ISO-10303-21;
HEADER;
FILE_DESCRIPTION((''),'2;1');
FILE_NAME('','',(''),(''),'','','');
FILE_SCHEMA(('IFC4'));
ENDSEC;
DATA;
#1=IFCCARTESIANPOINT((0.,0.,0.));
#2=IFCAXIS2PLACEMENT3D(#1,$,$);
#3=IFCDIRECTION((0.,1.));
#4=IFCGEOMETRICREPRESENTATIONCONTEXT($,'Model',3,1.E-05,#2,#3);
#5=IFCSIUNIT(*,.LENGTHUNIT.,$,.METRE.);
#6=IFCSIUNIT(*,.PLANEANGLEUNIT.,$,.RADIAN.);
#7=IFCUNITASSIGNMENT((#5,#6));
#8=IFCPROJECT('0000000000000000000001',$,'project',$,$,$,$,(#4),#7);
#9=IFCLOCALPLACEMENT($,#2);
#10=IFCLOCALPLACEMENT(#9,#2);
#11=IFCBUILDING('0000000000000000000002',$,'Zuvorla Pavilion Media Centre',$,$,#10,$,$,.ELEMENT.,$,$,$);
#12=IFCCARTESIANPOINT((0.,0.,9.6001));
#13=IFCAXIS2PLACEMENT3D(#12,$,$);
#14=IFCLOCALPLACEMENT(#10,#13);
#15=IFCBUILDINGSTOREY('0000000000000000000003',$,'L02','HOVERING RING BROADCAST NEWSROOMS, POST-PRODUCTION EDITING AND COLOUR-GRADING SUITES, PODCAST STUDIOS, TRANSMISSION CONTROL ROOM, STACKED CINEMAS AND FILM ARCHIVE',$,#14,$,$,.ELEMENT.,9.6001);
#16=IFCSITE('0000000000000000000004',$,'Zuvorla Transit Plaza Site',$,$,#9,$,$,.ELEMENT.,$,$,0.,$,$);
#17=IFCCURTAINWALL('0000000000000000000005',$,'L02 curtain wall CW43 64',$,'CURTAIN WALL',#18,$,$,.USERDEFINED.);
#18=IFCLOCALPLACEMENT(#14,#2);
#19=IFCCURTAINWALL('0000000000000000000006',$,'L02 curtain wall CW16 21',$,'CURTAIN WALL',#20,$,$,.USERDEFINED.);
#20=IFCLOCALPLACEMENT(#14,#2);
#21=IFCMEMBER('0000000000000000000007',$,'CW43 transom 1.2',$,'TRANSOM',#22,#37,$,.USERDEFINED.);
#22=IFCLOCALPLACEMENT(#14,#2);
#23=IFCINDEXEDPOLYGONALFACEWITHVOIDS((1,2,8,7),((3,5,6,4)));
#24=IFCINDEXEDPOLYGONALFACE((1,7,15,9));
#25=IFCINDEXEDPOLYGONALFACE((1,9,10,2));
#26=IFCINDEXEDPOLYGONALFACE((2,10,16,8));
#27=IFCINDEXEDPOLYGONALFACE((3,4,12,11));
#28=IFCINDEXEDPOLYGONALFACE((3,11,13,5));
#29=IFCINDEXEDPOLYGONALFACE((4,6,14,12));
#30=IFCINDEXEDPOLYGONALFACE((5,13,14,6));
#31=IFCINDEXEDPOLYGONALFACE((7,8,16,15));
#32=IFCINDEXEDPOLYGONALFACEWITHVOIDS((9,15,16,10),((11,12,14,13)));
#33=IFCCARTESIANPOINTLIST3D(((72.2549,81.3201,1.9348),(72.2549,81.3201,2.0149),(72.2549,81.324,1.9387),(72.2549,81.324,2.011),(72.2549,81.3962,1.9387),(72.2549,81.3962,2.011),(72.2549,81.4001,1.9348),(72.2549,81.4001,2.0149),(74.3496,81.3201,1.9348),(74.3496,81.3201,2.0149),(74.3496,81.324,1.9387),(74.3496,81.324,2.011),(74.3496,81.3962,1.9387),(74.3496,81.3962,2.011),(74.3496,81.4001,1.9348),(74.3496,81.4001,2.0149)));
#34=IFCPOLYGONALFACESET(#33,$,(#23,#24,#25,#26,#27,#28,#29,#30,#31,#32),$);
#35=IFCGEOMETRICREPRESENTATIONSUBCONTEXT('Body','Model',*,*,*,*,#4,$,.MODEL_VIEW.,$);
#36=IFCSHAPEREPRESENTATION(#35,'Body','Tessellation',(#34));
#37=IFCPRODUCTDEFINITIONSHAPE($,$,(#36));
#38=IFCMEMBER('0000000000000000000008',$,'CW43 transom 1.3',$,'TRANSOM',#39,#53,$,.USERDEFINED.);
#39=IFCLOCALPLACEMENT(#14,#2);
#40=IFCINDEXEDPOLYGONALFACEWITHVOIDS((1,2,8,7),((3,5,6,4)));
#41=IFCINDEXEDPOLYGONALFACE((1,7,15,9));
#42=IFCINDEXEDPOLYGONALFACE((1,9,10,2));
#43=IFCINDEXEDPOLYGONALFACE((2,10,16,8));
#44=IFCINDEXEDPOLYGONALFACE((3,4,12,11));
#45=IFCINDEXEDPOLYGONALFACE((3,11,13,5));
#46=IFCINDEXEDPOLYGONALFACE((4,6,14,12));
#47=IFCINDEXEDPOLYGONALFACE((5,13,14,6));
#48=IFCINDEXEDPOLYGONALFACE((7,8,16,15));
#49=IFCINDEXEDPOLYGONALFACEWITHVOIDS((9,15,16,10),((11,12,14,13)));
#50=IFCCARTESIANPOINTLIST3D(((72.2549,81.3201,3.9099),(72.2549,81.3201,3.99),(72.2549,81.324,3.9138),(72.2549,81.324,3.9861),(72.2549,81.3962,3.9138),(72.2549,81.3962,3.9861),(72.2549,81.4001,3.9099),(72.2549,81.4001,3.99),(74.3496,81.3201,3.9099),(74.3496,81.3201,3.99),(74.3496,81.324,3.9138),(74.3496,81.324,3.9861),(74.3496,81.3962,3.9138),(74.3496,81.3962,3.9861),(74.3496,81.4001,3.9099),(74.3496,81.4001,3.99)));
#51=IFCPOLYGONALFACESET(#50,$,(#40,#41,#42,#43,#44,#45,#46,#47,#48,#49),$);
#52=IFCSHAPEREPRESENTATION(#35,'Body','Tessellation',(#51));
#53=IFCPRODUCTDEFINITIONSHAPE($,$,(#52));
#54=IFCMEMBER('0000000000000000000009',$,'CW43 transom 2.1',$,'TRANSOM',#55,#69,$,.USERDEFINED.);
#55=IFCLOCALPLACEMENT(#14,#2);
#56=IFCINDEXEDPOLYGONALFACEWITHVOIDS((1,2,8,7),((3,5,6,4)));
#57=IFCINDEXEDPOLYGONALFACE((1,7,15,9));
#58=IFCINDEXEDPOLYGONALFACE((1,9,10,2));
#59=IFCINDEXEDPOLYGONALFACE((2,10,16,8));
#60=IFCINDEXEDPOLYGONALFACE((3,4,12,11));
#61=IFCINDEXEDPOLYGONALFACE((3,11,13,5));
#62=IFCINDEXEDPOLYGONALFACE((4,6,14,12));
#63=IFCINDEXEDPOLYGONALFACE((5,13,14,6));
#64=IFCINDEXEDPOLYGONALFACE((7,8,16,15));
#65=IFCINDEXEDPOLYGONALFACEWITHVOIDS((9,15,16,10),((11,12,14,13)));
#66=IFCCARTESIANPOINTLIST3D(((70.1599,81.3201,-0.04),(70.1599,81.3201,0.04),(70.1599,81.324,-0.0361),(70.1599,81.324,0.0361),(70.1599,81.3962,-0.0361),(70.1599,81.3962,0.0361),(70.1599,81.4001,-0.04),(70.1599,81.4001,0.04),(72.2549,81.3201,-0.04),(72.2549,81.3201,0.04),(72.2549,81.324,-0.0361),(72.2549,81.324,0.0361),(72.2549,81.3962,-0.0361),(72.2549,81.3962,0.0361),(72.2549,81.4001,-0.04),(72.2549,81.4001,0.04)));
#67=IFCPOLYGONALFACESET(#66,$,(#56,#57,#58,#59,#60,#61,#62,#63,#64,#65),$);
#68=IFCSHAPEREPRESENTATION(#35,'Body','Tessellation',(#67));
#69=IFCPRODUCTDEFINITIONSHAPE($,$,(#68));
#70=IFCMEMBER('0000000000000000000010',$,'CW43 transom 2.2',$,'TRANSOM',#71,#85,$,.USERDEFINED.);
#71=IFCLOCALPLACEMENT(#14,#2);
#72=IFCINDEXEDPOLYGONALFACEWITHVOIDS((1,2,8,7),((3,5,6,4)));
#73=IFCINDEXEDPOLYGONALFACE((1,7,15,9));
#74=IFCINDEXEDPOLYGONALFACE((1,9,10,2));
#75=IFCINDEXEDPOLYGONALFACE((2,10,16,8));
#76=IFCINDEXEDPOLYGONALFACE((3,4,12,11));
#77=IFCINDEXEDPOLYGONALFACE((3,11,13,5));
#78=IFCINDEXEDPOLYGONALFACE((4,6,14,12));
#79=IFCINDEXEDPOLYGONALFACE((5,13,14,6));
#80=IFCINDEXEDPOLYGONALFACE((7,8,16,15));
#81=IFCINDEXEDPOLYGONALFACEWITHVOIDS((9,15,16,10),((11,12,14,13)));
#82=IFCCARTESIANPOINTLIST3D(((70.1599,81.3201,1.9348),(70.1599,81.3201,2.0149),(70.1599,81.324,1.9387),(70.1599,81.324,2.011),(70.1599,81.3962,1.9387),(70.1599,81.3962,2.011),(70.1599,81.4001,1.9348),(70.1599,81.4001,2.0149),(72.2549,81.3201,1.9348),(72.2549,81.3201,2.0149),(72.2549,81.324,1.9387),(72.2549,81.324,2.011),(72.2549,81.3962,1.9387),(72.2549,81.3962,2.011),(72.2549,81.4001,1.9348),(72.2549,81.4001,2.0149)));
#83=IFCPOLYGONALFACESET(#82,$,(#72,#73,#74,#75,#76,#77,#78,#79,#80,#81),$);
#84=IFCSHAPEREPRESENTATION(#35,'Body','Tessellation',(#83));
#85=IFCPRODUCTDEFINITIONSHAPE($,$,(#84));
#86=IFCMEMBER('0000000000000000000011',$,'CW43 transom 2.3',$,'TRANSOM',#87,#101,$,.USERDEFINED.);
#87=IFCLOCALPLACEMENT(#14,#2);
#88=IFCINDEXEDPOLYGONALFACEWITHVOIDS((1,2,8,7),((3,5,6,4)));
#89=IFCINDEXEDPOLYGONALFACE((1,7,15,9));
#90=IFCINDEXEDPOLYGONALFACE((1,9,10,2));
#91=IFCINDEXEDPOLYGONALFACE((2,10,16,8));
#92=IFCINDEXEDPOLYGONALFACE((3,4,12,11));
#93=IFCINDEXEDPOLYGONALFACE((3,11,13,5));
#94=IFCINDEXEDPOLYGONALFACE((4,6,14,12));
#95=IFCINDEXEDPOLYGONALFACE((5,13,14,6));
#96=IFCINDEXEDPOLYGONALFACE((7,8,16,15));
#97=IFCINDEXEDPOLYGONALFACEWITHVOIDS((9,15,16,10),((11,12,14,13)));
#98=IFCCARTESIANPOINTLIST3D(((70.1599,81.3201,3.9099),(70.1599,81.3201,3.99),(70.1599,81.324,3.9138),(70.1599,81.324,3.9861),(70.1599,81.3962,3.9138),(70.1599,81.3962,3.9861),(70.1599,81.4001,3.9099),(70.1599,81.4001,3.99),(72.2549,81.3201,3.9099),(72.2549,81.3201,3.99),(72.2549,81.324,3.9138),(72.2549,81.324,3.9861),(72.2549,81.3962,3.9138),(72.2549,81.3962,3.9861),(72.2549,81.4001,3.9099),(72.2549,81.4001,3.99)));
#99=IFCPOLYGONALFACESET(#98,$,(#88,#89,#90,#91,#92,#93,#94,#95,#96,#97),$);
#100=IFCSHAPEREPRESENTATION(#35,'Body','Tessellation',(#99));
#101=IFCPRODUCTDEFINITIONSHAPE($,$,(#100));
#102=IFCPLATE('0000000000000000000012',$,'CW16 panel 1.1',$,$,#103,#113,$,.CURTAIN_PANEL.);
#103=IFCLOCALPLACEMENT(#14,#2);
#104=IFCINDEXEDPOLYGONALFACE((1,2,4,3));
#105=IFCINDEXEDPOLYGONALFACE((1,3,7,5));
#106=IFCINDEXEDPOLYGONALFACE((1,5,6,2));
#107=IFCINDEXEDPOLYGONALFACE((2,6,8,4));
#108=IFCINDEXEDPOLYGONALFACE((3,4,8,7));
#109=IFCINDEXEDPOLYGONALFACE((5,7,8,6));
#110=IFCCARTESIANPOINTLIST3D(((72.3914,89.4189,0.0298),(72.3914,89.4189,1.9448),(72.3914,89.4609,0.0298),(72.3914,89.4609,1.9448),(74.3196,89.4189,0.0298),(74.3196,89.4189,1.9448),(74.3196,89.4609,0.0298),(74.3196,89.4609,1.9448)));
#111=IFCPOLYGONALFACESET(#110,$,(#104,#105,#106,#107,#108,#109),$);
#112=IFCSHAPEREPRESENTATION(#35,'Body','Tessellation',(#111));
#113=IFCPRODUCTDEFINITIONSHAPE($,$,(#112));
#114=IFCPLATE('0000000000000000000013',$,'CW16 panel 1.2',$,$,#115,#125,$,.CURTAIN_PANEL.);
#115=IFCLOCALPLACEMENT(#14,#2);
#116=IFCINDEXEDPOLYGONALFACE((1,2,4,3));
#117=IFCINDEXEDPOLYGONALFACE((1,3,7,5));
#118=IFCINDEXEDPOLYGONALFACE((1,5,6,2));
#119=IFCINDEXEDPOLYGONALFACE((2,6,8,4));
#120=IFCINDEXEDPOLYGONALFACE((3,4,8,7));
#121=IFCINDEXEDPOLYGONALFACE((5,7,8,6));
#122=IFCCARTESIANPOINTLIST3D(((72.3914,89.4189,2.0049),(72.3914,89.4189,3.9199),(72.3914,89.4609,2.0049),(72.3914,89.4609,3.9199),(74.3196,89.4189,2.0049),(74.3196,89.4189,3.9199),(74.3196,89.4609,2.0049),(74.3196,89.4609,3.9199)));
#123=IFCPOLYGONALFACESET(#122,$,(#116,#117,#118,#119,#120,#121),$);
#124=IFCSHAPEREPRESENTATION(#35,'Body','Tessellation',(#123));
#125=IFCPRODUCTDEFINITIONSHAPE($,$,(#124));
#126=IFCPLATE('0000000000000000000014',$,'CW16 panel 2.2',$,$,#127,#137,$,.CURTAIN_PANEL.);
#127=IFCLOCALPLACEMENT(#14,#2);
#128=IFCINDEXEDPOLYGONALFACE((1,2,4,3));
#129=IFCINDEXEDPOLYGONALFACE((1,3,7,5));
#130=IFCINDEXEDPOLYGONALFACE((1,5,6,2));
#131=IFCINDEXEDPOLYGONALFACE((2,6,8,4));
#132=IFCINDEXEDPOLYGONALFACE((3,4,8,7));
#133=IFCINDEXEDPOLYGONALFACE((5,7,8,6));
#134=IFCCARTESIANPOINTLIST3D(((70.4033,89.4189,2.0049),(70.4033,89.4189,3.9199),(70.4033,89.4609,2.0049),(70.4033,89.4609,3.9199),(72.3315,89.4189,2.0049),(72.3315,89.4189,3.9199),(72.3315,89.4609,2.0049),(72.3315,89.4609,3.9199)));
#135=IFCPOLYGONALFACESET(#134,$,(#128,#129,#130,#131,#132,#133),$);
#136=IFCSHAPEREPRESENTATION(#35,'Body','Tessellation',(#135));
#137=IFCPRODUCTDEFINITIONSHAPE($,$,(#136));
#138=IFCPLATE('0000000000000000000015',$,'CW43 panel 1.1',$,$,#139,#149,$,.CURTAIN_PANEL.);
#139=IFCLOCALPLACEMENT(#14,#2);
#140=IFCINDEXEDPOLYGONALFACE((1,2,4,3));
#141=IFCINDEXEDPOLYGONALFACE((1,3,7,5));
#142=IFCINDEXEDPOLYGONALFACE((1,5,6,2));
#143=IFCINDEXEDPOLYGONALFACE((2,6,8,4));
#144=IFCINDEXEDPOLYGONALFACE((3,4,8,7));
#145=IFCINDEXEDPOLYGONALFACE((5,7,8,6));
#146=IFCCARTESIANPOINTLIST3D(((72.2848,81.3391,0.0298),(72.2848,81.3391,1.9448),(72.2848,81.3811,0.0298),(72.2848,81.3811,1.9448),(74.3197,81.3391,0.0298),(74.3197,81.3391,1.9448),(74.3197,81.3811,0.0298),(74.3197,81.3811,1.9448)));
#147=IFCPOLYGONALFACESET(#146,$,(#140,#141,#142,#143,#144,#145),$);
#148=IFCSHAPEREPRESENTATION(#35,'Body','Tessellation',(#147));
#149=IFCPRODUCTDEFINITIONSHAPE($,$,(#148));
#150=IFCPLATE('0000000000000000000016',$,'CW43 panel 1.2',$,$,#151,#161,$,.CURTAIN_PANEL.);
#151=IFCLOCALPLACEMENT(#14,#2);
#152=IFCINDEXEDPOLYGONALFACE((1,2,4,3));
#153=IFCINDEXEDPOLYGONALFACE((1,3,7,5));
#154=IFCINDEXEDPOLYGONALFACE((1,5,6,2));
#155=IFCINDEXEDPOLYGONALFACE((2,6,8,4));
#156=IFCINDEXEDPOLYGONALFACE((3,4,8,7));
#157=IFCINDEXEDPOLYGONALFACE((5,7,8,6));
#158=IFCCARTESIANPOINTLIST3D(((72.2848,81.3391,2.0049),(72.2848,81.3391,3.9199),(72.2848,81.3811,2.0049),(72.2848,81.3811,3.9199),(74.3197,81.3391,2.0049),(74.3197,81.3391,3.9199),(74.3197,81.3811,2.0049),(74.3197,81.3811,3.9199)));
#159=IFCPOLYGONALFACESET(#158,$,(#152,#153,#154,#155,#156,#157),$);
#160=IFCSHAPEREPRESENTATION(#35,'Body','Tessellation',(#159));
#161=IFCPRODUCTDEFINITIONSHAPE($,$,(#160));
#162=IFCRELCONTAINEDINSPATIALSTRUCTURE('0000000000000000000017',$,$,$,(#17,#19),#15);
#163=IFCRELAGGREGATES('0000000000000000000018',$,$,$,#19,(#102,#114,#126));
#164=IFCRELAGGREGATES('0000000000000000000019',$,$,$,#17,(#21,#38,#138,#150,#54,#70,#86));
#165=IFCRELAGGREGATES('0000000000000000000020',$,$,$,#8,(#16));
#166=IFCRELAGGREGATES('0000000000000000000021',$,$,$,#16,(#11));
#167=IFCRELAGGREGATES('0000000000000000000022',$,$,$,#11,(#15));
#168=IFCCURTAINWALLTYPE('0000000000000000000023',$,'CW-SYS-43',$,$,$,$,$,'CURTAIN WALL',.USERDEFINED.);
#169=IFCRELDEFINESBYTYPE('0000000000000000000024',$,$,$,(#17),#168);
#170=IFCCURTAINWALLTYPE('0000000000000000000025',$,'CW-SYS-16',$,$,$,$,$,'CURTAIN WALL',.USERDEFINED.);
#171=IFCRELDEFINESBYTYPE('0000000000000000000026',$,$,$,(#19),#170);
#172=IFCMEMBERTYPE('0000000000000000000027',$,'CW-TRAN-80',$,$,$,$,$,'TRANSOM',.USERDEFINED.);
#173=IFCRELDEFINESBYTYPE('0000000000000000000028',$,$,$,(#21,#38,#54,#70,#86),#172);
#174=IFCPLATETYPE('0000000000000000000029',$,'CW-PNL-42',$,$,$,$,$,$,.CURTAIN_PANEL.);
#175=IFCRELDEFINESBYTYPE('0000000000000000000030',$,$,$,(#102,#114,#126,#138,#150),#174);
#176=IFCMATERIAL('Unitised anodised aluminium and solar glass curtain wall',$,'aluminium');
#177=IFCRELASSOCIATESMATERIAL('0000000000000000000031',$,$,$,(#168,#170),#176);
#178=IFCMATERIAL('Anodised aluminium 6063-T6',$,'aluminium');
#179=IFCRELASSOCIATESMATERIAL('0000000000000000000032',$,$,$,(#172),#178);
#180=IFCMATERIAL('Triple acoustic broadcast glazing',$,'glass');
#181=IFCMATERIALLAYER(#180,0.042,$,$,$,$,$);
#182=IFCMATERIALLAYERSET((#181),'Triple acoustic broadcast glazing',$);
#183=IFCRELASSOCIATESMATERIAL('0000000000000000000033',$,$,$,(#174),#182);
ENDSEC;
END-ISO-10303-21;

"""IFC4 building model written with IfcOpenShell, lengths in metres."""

from ifc_helpers import new_model, si_unit, direction, frame, origin, origin_2d, place, context, subcontext, project, spatial, rectangle, hollow_rectangle, extrude, material, layer, layer_set, material_profile, profile_set, type_object, element, aggregate, save


model = new_model("IFC4")

# Units and contexts
model_context = context("Model", 3, precision=1e-05, world=origin(), true_north=direction((0.0, 1.0)))
body_context = subcontext(model_context, "Body", "Model", "MODEL_VIEW")
ifc_project = project(units=[si_unit("LENGTHUNIT", "METRE"), si_unit("PLANEANGLEUNIT", "RADIAN")], contexts=[model_context])

# Site, building, storey
site_placement = place(None, origin())
site = spatial("IfcSite", under=ifc_project, at=site_placement, Name="Zuvorla Transit Plaza Site", CompositionType="ELEMENT", RefElevation=0.0)
building_placement = place(site_placement, origin())
building = spatial("IfcBuilding", under=site, at=building_placement, Name="Zuvorla Pavilion Media Centre", CompositionType="ELEMENT")
storey_placement = place(building_placement, frame((0.0, 0.0, 9.6001)))
storey = spatial("IfcBuildingStorey", under=building, at=storey_placement, Name="L02", Description="HOVERING RING BROADCAST NEWSROOMS, POST-PRODUCTION EDITING AND COLOUR-GRADING SUITES, PODCAST STUDIOS, TRANSMISSION CONTROL ROOM, STACKED CINEMAS AND FILM ARCHIVE", CompositionType="ELEMENT", Elevation=9.6001)

# Curtain walls
ifc_material_1 = material(Name="Unitised anodised aluminium and solar glass curtain wall", Category="aluminium")
curtain_wall_type_1 = type_object("IfcCurtainWallType", Name="CW-SYS-43", ElementType="CURTAIN WALL", PredefinedType="USERDEFINED", material=ifc_material_1)
curtain_wall_1_placement = place(storey_placement, origin())
curtain_wall_1 = element("IfcCurtainWall", 1, at=curtain_wall_1_placement, inside=storey, type_object=curtain_wall_type_1, Name="L02 curtain wall CW43 64", ObjectType="CURTAIN WALL", PredefinedType="USERDEFINED")
ifc_material_2 = material(Name="Anodised aluminium 6063-T6", Category="aluminium")
curtain_wall_type_2 = type_object("IfcCurtainWallType", Name="CW-SYS-16", ElementType="CURTAIN WALL", PredefinedType="USERDEFINED", material=ifc_material_1)
curtain_wall_2_placement = place(storey_placement, origin())
curtain_wall_2 = element("IfcCurtainWall", 2, at=curtain_wall_2_placement, inside=storey, type_object=curtain_wall_type_2, Name="L02 curtain wall CW16 21", ObjectType="CURTAIN WALL", PredefinedType="USERDEFINED")

# Members
ifc_material_profile_1 = material_profile(ifc_material_2, hollow_rectangle(XDim=0.0801, YDim=0.0801, WallThickness=0.0039, at=origin_2d()), Name="ALU TRAN 80x80")
ifc_profile_set_1 = profile_set([ifc_material_profile_1], Name="Anodised aluminium 6063-T6")
member_type_1 = type_object("IfcMemberType", Name="CW-TRAN-80", ElementType="TRANSOM", PredefinedType="USERDEFINED", material=ifc_profile_set_1)
member_1_placement = place(storey_placement, frame((74.3496, 81.3601, 1.9749), z_axis=(-1.0, 0.0, 0.0), x_axis=(0.0, -1.0, 0.0)))
member_1 = element("IfcMember", 3, at=member_1_placement, type_object=member_type_1, Name="CW43 transom 1.2", ObjectType="TRANSOM", PredefinedType="USERDEFINED", context=body_context, shape_type="SweptSolid", body=[
    extrude(hollow_rectangle(XDim=0.0801, YDim=0.0801, WallThickness=0.0039, at=origin_2d()), origin(), (0.0, 0.0, 1.0), 2.0947),
])
member_2_placement = place(storey_placement, frame((74.3496, 81.3601, 3.95), z_axis=(-1.0, 0.0, 0.0), x_axis=(0.0, -1.0, 0.0)))
member_2 = element("IfcMember", 4, at=member_2_placement, type_object=member_type_1, Name="CW43 transom 1.3", ObjectType="TRANSOM", PredefinedType="USERDEFINED", context=body_context, shape_type="SweptSolid", body=[
    extrude(hollow_rectangle(XDim=0.0801, YDim=0.0801, WallThickness=0.0039, at=origin_2d()), origin(), (0.0, 0.0, 1.0), 2.0947),
])
member_3_placement = place(storey_placement, frame((72.2549, 81.3601, 0.0), z_axis=(-1.0, 0.0, 0.0), x_axis=(0.0, -1.0, 0.0)))
member_3 = element("IfcMember", 5, at=member_3_placement, type_object=member_type_1, Name="CW43 transom 2.1", ObjectType="TRANSOM", PredefinedType="USERDEFINED", context=body_context, shape_type="SweptSolid", body=[
    extrude(hollow_rectangle(XDim=0.0801, YDim=0.0801, WallThickness=0.0039, at=origin_2d()), origin(), (0.0, 0.0, 1.0), 2.095),
])
member_4_placement = place(storey_placement, frame((72.2549, 81.3601, 1.9749), z_axis=(-1.0, 0.0, 0.0), x_axis=(0.0, -1.0, 0.0)))
member_4 = element("IfcMember", 6, at=member_4_placement, type_object=member_type_1, Name="CW43 transom 2.2", ObjectType="TRANSOM", PredefinedType="USERDEFINED", context=body_context, shape_type="SweptSolid", body=[
    extrude(hollow_rectangle(XDim=0.0801, YDim=0.0801, WallThickness=0.0039, at=origin_2d()), origin(), (0.0, 0.0, 1.0), 2.095),
])
member_5_placement = place(storey_placement, frame((72.2549, 81.3601, 3.95), z_axis=(-1.0, 0.0, 0.0), x_axis=(0.0, -1.0, 0.0)))
member_5 = element("IfcMember", 7, at=member_5_placement, type_object=member_type_1, Name="CW43 transom 2.3", ObjectType="TRANSOM", PredefinedType="USERDEFINED", context=body_context, shape_type="SweptSolid", body=[
    extrude(hollow_rectangle(XDim=0.0801, YDim=0.0801, WallThickness=0.0039, at=origin_2d()), origin(), (0.0, 0.0, 1.0), 2.095),
])

# Plates
ifc_material_3 = material(Name="Triple acoustic broadcast glazing", Category="glass")
ifc_layer = layer(ifc_material_3, 0.042)
ifc_layer_set = layer_set([ifc_layer], Name="Triple acoustic broadcast glazing")
plate_type = type_object("IfcPlateType", Name="CW-PNL-42", PredefinedType="CURTAIN_PANEL", material=ifc_layer_set)
plate_1_placement = place(storey_placement, frame((73.3555, 89.4399, 0.0298), z_axis=(0.0, 0.0, 1.0), x_axis=(-1.0, 0.0, 0.0)))
plate_1 = element("IfcPlate", 8, at=plate_1_placement, type_object=plate_type, Name="CW16 panel 1.1", PredefinedType="CURTAIN_PANEL", context=body_context, shape_type="SweptSolid", body=[
    extrude(rectangle(XDim=1.9282, YDim=0.042, at=origin_2d()), origin(), (0.0, 0.0, 1.0), 1.915),
])
plate_2_placement = place(storey_placement, frame((73.3555, 89.4399, 2.0049), z_axis=(0.0, 0.0, 1.0), x_axis=(-1.0, 0.0, 0.0)))
plate_2 = element("IfcPlate", 9, at=plate_2_placement, type_object=plate_type, Name="CW16 panel 1.2", PredefinedType="CURTAIN_PANEL", context=body_context, shape_type="SweptSolid", body=[
    extrude(rectangle(XDim=1.9282, YDim=0.042, at=origin_2d()), origin(), (0.0, 0.0, 1.0), 1.915),
])
plate_3_placement = place(storey_placement, frame((71.3674, 89.4399, 2.0049), z_axis=(0.0, 0.0, 1.0), x_axis=(-1.0, 0.0, 0.0)))
plate_3 = element("IfcPlate", 10, at=plate_3_placement, type_object=plate_type, Name="CW16 panel 2.2", PredefinedType="CURTAIN_PANEL", context=body_context, shape_type="SweptSolid", body=[
    extrude(rectangle(XDim=1.9282, YDim=0.042, at=origin_2d()), origin(), (0.0, 0.0, 1.0), 1.915),
])
aggregate(curtain_wall_2, [plate_1, plate_2, plate_3])
plate_4_placement = place(storey_placement, frame((73.3022, 81.3601, 0.0298), z_axis=(0.0, 0.0, 1.0), x_axis=(-1.0, 0.0, 0.0)))
plate_4 = element("IfcPlate", 11, at=plate_4_placement, type_object=plate_type, Name="CW43 panel 1.1", PredefinedType="CURTAIN_PANEL", context=body_context, shape_type="SweptSolid", body=[
    extrude(rectangle(XDim=2.0349, YDim=0.042, at=origin_2d()), origin(), (0.0, 0.0, 1.0), 1.915),
])
plate_5_placement = place(storey_placement, frame((73.3022, 81.3601, 2.0049), z_axis=(0.0, 0.0, 1.0), x_axis=(-1.0, 0.0, 0.0)))
plate_5 = element("IfcPlate", 12, at=plate_5_placement, type_object=plate_type, Name="CW43 panel 1.2", PredefinedType="CURTAIN_PANEL", context=body_context, shape_type="SweptSolid", body=[
    extrude(rectangle(XDim=2.0349, YDim=0.042, at=origin_2d()), origin(), (0.0, 0.0, 1.0), 1.915),
])
aggregate(curtain_wall_1, [member_1, member_2, plate_4, plate_5, member_3, member_4, member_5])

save(model, "model.ifc")
